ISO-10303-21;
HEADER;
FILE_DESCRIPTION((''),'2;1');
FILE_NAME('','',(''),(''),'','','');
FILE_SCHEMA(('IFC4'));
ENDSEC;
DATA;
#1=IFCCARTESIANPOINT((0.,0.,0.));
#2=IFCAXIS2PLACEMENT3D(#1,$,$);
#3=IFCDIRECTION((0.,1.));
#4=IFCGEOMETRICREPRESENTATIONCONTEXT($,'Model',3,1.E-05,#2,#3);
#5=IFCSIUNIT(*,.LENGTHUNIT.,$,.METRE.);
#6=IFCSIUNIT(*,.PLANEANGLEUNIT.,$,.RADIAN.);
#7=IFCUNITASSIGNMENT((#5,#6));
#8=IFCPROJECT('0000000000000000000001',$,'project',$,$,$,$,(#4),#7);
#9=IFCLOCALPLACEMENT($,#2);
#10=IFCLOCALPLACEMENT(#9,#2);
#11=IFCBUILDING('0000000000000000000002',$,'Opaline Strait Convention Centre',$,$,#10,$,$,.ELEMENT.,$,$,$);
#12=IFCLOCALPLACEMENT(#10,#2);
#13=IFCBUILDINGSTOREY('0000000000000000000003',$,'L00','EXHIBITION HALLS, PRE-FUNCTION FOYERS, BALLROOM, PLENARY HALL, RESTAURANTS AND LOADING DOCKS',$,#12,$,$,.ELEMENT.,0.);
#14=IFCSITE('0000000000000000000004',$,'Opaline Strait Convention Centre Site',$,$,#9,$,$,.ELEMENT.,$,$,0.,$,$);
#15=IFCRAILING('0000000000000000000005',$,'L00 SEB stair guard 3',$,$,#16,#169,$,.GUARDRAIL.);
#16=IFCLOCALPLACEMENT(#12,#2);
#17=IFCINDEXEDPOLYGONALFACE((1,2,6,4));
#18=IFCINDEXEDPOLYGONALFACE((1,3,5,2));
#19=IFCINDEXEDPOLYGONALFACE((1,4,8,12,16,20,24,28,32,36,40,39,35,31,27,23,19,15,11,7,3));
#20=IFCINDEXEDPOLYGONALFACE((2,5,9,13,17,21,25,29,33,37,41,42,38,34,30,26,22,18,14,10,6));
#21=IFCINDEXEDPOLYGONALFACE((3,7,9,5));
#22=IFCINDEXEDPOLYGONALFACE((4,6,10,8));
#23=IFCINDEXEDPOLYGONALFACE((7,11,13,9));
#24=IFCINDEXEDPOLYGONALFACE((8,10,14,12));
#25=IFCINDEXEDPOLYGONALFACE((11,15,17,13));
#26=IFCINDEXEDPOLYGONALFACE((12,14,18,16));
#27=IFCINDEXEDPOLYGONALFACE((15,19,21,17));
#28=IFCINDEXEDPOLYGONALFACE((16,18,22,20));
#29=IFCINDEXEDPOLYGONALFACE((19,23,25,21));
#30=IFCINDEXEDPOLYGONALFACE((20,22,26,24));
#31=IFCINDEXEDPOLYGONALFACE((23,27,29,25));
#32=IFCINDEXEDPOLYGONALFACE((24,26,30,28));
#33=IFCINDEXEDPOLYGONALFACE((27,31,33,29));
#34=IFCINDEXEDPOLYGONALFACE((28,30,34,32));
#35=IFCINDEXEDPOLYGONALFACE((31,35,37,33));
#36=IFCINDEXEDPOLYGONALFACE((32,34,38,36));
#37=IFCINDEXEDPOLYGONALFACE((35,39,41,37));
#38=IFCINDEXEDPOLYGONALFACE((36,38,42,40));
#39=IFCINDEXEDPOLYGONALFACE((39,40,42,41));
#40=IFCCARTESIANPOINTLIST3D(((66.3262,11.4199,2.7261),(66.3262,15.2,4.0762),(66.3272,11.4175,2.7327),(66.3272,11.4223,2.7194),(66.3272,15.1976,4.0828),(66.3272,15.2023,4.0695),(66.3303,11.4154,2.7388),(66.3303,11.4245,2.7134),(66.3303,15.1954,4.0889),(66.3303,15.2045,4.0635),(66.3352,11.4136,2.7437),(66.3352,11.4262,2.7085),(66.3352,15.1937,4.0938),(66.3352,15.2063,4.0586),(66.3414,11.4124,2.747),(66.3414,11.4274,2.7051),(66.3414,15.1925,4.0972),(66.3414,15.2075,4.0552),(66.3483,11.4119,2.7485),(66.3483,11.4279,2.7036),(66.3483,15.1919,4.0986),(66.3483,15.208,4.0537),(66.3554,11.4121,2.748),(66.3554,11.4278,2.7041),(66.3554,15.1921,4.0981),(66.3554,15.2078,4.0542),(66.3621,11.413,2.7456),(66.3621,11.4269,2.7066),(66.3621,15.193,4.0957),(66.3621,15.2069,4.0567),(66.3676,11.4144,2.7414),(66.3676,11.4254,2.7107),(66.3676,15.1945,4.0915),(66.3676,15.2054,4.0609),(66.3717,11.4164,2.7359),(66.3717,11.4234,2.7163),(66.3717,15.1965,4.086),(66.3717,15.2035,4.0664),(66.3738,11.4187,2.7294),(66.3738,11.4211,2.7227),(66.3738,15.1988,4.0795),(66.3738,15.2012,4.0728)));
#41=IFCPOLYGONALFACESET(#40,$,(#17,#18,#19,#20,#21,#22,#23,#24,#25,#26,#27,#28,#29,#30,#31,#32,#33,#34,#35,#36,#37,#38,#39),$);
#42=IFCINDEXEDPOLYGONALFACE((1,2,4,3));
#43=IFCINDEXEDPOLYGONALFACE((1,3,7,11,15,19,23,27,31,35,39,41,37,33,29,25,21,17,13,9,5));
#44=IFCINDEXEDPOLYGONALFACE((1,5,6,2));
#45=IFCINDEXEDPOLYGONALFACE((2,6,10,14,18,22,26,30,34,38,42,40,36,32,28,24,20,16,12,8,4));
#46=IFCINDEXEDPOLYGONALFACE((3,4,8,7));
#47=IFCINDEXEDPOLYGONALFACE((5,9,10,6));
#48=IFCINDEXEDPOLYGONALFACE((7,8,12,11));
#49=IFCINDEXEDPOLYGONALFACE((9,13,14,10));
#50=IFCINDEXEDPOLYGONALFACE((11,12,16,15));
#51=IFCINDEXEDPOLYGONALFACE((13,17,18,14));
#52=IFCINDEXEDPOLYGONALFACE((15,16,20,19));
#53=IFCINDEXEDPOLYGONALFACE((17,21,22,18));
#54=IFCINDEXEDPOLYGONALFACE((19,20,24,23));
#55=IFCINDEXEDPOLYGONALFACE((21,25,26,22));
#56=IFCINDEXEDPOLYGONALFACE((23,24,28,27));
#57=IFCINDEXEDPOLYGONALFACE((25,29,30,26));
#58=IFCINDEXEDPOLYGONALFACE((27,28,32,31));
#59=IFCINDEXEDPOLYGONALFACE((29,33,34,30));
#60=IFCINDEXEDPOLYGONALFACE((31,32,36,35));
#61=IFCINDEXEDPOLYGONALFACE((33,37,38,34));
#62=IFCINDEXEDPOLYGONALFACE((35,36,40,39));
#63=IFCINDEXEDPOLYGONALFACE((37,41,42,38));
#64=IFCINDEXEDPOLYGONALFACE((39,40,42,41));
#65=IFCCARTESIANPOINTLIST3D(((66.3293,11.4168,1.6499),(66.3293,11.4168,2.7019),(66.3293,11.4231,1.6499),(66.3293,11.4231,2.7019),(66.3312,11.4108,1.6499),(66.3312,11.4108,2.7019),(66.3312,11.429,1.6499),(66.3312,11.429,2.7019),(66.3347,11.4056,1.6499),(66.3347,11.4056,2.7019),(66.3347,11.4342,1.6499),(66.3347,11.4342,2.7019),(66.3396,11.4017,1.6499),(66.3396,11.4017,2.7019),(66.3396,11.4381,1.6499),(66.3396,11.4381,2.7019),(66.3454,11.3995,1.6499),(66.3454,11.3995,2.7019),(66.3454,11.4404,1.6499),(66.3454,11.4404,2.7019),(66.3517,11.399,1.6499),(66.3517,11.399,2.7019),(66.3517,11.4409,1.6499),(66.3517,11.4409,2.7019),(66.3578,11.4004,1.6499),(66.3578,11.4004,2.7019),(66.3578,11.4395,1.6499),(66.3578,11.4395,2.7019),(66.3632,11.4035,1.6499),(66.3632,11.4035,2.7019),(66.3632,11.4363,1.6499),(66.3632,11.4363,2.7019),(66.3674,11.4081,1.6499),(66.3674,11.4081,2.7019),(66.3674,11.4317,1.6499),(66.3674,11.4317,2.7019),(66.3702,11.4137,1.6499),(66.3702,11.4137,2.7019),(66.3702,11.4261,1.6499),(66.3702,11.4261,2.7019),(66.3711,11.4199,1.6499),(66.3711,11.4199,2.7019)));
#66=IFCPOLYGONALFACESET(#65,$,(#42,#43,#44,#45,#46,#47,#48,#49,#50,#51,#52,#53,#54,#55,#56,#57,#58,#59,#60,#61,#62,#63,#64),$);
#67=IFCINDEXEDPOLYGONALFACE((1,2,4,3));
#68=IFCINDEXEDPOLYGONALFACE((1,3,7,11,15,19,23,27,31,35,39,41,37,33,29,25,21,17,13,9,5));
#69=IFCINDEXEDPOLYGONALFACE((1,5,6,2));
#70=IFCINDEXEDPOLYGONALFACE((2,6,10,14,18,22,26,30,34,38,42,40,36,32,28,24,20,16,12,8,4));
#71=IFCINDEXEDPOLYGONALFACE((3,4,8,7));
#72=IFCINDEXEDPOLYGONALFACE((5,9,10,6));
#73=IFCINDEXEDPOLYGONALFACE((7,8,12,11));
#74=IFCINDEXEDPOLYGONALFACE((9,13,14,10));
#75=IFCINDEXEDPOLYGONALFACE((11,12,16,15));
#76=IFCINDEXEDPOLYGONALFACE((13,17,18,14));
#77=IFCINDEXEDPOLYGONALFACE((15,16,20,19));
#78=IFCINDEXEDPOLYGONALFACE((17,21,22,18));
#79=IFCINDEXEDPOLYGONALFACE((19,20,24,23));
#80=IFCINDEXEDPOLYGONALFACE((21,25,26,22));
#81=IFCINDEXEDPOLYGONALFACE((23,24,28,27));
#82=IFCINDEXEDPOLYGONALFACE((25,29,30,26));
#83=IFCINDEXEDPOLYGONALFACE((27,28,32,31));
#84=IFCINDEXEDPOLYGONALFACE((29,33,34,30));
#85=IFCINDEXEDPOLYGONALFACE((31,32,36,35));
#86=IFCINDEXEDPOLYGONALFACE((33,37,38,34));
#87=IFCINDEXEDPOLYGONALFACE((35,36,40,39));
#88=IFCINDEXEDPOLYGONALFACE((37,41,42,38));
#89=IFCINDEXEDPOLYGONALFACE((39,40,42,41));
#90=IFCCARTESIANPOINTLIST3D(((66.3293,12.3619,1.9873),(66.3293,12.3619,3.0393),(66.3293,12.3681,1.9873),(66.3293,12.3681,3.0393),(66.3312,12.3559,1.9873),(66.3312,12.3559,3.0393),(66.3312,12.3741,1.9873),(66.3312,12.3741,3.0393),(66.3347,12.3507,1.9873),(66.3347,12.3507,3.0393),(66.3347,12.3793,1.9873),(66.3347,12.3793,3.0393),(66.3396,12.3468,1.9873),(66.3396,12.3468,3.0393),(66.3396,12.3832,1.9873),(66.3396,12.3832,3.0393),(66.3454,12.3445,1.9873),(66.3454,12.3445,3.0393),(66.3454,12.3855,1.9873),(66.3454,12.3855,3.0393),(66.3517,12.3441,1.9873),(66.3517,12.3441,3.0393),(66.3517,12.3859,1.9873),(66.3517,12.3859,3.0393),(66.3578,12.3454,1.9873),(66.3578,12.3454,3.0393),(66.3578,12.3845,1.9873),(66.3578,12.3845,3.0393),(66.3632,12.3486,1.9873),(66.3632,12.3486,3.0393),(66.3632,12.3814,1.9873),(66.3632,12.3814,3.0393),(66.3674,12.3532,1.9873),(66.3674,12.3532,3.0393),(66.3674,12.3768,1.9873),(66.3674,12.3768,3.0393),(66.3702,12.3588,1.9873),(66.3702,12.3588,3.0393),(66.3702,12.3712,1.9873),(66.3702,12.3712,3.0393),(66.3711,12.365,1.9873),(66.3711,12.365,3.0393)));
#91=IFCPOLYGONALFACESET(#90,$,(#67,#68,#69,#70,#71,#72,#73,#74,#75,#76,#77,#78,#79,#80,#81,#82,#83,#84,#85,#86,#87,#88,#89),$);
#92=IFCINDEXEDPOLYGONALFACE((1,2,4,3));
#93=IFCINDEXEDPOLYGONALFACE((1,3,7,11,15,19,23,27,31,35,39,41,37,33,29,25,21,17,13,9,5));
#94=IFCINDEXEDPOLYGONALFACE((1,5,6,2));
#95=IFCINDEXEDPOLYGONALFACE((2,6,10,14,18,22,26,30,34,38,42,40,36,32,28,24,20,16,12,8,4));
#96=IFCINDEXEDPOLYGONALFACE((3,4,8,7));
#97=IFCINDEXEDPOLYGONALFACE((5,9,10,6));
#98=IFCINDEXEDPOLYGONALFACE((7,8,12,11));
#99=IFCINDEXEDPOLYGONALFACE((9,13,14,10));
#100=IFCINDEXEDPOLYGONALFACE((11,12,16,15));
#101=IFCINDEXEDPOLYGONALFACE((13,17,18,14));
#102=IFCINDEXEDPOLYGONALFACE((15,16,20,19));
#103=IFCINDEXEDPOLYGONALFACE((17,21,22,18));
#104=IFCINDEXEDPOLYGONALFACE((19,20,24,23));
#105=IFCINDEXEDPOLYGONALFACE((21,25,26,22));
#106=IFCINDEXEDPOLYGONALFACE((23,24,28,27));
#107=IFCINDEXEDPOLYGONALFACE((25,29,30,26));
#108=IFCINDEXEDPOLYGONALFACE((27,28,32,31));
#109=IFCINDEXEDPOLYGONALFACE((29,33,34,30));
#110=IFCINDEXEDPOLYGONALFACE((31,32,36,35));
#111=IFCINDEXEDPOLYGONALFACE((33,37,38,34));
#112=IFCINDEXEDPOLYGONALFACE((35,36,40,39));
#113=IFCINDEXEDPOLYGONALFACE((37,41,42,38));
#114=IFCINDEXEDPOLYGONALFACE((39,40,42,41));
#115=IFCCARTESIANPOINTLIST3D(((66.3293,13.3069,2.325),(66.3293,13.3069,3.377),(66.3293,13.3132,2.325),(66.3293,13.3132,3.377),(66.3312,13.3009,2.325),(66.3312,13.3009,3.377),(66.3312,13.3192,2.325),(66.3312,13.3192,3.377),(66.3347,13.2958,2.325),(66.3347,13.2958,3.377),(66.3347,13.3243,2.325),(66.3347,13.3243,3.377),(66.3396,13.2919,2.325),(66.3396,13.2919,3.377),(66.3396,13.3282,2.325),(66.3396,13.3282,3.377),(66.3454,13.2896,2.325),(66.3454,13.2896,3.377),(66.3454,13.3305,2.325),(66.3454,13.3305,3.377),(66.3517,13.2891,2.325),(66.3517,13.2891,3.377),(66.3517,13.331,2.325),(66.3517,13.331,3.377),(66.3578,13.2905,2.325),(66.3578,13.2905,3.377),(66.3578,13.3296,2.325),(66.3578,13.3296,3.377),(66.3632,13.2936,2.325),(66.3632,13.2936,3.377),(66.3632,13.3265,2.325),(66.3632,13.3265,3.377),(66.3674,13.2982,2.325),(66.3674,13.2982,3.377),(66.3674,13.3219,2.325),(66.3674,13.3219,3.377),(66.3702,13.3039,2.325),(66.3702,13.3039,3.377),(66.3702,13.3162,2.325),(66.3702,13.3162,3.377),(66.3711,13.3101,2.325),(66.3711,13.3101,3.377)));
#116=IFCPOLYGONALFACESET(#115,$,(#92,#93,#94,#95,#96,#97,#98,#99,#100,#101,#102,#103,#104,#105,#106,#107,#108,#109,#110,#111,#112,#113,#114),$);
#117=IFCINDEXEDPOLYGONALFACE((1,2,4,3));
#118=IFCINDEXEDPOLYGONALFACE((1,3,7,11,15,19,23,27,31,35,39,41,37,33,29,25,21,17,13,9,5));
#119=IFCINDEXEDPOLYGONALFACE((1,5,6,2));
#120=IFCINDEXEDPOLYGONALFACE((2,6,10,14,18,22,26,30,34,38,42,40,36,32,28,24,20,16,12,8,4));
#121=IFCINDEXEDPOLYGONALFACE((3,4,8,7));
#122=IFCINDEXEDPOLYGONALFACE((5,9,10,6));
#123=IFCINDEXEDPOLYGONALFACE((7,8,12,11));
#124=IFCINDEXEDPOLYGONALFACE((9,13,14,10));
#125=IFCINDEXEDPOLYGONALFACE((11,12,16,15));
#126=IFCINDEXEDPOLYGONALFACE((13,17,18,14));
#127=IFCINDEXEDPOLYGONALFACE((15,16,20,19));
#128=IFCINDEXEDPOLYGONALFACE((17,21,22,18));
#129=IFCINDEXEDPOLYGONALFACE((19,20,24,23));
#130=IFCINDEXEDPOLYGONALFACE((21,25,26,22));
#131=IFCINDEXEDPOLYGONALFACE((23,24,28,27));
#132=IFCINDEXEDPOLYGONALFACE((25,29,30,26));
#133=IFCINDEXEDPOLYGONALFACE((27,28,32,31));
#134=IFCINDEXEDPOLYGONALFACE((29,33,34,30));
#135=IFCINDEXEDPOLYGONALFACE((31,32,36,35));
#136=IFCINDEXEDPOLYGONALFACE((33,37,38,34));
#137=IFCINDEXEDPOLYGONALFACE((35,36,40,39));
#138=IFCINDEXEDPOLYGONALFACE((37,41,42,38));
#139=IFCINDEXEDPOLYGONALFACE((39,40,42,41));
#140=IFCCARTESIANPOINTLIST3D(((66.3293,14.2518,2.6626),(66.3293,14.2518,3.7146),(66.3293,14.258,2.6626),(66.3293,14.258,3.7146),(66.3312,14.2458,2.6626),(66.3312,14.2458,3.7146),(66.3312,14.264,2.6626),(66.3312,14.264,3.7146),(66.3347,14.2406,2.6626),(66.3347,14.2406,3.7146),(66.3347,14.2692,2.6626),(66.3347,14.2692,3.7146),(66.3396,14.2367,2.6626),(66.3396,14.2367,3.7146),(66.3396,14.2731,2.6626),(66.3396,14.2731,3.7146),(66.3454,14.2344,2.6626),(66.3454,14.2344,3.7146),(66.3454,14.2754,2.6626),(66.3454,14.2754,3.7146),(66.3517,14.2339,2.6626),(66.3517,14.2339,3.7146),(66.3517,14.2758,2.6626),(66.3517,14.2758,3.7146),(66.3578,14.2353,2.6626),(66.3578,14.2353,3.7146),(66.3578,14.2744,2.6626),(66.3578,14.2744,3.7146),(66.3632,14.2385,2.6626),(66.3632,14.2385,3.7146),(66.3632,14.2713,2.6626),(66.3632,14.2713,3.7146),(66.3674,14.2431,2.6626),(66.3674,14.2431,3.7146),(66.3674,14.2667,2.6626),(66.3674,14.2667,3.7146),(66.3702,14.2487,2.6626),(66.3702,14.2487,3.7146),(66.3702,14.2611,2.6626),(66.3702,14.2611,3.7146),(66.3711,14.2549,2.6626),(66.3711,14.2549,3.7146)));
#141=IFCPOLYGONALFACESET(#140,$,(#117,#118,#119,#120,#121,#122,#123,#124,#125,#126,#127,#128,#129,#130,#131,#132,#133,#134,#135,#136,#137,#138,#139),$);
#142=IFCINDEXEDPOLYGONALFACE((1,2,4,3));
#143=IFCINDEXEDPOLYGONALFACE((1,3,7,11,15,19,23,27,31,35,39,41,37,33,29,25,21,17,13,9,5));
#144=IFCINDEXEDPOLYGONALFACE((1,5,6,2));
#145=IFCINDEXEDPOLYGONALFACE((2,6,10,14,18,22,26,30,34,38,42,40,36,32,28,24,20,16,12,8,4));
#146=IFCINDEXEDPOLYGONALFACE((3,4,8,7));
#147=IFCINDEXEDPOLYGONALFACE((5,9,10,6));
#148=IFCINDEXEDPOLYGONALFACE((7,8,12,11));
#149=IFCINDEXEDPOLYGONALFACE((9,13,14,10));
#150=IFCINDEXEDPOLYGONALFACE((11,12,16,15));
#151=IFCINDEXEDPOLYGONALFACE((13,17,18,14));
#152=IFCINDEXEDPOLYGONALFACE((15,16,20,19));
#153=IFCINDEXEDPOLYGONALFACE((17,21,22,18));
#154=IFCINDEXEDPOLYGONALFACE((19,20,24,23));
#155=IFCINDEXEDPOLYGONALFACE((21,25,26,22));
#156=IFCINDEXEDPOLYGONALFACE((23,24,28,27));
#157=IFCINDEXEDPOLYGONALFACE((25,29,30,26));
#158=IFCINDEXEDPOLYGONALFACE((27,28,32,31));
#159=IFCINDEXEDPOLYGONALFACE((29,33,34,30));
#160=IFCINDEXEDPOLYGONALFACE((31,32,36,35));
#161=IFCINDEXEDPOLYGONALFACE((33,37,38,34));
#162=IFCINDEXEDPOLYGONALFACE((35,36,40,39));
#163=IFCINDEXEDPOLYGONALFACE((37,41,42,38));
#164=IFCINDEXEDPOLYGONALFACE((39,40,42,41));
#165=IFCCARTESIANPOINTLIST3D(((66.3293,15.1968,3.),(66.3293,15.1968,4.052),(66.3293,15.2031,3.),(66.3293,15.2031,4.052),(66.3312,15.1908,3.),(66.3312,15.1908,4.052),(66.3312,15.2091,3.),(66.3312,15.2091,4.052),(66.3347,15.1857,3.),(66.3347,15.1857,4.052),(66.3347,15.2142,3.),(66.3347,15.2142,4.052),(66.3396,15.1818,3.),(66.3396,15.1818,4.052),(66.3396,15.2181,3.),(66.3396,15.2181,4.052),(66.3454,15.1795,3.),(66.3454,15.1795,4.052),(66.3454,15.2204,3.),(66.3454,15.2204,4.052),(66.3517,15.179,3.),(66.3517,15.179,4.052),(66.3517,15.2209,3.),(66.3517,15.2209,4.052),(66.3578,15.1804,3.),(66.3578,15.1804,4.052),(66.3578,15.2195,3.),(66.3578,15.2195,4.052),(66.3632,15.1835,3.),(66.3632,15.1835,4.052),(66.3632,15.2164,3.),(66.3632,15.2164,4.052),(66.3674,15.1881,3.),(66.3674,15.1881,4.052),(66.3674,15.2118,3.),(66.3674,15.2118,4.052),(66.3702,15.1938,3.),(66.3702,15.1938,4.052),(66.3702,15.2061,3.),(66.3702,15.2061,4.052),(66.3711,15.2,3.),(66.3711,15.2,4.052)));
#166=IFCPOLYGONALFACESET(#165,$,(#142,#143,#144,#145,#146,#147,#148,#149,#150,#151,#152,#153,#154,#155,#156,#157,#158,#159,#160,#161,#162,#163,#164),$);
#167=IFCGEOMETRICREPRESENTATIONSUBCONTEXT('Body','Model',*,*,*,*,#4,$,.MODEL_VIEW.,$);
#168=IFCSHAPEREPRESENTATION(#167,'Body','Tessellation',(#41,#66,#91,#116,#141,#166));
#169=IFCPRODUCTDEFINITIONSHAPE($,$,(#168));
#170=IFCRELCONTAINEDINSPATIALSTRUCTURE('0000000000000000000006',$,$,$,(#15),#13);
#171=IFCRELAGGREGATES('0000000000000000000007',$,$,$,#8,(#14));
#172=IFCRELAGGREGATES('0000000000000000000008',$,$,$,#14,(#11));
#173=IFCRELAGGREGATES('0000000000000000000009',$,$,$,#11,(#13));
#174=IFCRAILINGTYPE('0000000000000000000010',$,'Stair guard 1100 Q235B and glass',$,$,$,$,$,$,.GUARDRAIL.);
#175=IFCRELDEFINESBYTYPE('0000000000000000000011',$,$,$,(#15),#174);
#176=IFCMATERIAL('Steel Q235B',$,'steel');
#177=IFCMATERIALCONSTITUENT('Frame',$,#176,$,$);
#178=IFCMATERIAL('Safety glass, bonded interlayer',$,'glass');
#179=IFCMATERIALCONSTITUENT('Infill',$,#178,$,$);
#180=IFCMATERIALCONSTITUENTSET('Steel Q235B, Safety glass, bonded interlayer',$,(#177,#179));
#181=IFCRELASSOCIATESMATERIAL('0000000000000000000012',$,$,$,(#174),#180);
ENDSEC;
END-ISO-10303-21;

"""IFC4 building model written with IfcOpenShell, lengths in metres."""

from ifc_helpers import new_model, si_unit, direction, frame, origin, origin_2d, place, context, subcontext, project, spatial, circle, extrude, material, constituent, constituent_set, type_object, element, save


model = new_model("IFC4")

# Units and contexts
model_context = context("Model", 3, precision=1e-05, world=origin(), true_north=direction((0.0, 1.0)))
body_context = subcontext(model_context, "Body", "Model", "MODEL_VIEW")
ifc_project = project(units=[si_unit("LENGTHUNIT", "METRE"), si_unit("PLANEANGLEUNIT", "RADIAN")], contexts=[model_context])

# Site, building, storey
site_placement = place(None, origin())
site = spatial("IfcSite", under=ifc_project, at=site_placement, Name="Opaline Strait Convention Centre Site", CompositionType="ELEMENT", RefElevation=0.0)
building_placement = place(site_placement, origin())
building = spatial("IfcBuilding", under=site, at=building_placement, Name="Opaline Strait Convention Centre", CompositionType="ELEMENT")
storey_placement = place(building_placement, origin())
storey = spatial("IfcBuildingStorey", under=building, at=storey_placement, Name="L00", Description="EXHIBITION HALLS, PRE-FUNCTION FOYERS, BALLROOM, PLENARY HALL, RESTAURANTS AND LOADING DOCKS", CompositionType="ELEMENT", Elevation=0.0)

# Railing
ifc_material_1 = material(Name="Steel Q235B", Category="steel")
ifc_constituent_1 = constituent(ifc_material_1, Name="Frame")
ifc_material_2 = material(Name="Safety glass, bonded interlayer", Category="glass")
ifc_constituent_2 = constituent(ifc_material_2, Name="Infill")
ifc_constituent_set = constituent_set(constituents=[ifc_constituent_1, ifc_constituent_2], Name="Steel Q235B, Safety glass, bonded interlayer")
railing_type_1 = type_object("IfcRailingType", Name="Stair guard 1100 Q235B and glass", PredefinedType="GUARDRAIL", material=ifc_constituent_set)
railing_1_placement = place(storey_placement, frame((66.3501, 11.4199, 1.6499)))
element("IfcRailing", 1, at=railing_1_placement, inside=storey, type_object=railing_type_1, Name="L00 SEB stair guard 3", PredefinedType="GUARDRAIL", context=body_context, shape_type="SweptSolid", body=[
    extrude(circle(Radius=0.0239, at=origin_2d()), frame((0.0, 0.0, 1.0762), z_axis=(0.0, 0.941735, 0.336356), x_axis=(-1.0, 0.0, 0.0)), (0.0, 0.0, 1.0), 4.0139),
    extrude(circle(Radius=0.021, at=origin_2d()), origin(), (0.0, 0.0, 1.0), 1.052),
    extrude(circle(Radius=0.021, at=origin_2d()), frame((0.0, 0.9451, 0.3374)), (0.0, 0.0, 1.0), 1.052),
    extrude(circle(Radius=0.021, at=origin_2d()), frame((0.0, 1.8901, 0.675)), (0.0, 0.0, 1.0), 1.052),
    extrude(circle(Radius=0.021, at=origin_2d()), frame((0.0, 2.835, 1.0127)), (0.0, 0.0, 1.0), 1.052),
    extrude(circle(Radius=0.021, at=origin_2d()), frame((0.0, 3.78, 1.3501)), (0.0, 0.0, 1.0), 1.052),
])

save(model, "model.ifc")
